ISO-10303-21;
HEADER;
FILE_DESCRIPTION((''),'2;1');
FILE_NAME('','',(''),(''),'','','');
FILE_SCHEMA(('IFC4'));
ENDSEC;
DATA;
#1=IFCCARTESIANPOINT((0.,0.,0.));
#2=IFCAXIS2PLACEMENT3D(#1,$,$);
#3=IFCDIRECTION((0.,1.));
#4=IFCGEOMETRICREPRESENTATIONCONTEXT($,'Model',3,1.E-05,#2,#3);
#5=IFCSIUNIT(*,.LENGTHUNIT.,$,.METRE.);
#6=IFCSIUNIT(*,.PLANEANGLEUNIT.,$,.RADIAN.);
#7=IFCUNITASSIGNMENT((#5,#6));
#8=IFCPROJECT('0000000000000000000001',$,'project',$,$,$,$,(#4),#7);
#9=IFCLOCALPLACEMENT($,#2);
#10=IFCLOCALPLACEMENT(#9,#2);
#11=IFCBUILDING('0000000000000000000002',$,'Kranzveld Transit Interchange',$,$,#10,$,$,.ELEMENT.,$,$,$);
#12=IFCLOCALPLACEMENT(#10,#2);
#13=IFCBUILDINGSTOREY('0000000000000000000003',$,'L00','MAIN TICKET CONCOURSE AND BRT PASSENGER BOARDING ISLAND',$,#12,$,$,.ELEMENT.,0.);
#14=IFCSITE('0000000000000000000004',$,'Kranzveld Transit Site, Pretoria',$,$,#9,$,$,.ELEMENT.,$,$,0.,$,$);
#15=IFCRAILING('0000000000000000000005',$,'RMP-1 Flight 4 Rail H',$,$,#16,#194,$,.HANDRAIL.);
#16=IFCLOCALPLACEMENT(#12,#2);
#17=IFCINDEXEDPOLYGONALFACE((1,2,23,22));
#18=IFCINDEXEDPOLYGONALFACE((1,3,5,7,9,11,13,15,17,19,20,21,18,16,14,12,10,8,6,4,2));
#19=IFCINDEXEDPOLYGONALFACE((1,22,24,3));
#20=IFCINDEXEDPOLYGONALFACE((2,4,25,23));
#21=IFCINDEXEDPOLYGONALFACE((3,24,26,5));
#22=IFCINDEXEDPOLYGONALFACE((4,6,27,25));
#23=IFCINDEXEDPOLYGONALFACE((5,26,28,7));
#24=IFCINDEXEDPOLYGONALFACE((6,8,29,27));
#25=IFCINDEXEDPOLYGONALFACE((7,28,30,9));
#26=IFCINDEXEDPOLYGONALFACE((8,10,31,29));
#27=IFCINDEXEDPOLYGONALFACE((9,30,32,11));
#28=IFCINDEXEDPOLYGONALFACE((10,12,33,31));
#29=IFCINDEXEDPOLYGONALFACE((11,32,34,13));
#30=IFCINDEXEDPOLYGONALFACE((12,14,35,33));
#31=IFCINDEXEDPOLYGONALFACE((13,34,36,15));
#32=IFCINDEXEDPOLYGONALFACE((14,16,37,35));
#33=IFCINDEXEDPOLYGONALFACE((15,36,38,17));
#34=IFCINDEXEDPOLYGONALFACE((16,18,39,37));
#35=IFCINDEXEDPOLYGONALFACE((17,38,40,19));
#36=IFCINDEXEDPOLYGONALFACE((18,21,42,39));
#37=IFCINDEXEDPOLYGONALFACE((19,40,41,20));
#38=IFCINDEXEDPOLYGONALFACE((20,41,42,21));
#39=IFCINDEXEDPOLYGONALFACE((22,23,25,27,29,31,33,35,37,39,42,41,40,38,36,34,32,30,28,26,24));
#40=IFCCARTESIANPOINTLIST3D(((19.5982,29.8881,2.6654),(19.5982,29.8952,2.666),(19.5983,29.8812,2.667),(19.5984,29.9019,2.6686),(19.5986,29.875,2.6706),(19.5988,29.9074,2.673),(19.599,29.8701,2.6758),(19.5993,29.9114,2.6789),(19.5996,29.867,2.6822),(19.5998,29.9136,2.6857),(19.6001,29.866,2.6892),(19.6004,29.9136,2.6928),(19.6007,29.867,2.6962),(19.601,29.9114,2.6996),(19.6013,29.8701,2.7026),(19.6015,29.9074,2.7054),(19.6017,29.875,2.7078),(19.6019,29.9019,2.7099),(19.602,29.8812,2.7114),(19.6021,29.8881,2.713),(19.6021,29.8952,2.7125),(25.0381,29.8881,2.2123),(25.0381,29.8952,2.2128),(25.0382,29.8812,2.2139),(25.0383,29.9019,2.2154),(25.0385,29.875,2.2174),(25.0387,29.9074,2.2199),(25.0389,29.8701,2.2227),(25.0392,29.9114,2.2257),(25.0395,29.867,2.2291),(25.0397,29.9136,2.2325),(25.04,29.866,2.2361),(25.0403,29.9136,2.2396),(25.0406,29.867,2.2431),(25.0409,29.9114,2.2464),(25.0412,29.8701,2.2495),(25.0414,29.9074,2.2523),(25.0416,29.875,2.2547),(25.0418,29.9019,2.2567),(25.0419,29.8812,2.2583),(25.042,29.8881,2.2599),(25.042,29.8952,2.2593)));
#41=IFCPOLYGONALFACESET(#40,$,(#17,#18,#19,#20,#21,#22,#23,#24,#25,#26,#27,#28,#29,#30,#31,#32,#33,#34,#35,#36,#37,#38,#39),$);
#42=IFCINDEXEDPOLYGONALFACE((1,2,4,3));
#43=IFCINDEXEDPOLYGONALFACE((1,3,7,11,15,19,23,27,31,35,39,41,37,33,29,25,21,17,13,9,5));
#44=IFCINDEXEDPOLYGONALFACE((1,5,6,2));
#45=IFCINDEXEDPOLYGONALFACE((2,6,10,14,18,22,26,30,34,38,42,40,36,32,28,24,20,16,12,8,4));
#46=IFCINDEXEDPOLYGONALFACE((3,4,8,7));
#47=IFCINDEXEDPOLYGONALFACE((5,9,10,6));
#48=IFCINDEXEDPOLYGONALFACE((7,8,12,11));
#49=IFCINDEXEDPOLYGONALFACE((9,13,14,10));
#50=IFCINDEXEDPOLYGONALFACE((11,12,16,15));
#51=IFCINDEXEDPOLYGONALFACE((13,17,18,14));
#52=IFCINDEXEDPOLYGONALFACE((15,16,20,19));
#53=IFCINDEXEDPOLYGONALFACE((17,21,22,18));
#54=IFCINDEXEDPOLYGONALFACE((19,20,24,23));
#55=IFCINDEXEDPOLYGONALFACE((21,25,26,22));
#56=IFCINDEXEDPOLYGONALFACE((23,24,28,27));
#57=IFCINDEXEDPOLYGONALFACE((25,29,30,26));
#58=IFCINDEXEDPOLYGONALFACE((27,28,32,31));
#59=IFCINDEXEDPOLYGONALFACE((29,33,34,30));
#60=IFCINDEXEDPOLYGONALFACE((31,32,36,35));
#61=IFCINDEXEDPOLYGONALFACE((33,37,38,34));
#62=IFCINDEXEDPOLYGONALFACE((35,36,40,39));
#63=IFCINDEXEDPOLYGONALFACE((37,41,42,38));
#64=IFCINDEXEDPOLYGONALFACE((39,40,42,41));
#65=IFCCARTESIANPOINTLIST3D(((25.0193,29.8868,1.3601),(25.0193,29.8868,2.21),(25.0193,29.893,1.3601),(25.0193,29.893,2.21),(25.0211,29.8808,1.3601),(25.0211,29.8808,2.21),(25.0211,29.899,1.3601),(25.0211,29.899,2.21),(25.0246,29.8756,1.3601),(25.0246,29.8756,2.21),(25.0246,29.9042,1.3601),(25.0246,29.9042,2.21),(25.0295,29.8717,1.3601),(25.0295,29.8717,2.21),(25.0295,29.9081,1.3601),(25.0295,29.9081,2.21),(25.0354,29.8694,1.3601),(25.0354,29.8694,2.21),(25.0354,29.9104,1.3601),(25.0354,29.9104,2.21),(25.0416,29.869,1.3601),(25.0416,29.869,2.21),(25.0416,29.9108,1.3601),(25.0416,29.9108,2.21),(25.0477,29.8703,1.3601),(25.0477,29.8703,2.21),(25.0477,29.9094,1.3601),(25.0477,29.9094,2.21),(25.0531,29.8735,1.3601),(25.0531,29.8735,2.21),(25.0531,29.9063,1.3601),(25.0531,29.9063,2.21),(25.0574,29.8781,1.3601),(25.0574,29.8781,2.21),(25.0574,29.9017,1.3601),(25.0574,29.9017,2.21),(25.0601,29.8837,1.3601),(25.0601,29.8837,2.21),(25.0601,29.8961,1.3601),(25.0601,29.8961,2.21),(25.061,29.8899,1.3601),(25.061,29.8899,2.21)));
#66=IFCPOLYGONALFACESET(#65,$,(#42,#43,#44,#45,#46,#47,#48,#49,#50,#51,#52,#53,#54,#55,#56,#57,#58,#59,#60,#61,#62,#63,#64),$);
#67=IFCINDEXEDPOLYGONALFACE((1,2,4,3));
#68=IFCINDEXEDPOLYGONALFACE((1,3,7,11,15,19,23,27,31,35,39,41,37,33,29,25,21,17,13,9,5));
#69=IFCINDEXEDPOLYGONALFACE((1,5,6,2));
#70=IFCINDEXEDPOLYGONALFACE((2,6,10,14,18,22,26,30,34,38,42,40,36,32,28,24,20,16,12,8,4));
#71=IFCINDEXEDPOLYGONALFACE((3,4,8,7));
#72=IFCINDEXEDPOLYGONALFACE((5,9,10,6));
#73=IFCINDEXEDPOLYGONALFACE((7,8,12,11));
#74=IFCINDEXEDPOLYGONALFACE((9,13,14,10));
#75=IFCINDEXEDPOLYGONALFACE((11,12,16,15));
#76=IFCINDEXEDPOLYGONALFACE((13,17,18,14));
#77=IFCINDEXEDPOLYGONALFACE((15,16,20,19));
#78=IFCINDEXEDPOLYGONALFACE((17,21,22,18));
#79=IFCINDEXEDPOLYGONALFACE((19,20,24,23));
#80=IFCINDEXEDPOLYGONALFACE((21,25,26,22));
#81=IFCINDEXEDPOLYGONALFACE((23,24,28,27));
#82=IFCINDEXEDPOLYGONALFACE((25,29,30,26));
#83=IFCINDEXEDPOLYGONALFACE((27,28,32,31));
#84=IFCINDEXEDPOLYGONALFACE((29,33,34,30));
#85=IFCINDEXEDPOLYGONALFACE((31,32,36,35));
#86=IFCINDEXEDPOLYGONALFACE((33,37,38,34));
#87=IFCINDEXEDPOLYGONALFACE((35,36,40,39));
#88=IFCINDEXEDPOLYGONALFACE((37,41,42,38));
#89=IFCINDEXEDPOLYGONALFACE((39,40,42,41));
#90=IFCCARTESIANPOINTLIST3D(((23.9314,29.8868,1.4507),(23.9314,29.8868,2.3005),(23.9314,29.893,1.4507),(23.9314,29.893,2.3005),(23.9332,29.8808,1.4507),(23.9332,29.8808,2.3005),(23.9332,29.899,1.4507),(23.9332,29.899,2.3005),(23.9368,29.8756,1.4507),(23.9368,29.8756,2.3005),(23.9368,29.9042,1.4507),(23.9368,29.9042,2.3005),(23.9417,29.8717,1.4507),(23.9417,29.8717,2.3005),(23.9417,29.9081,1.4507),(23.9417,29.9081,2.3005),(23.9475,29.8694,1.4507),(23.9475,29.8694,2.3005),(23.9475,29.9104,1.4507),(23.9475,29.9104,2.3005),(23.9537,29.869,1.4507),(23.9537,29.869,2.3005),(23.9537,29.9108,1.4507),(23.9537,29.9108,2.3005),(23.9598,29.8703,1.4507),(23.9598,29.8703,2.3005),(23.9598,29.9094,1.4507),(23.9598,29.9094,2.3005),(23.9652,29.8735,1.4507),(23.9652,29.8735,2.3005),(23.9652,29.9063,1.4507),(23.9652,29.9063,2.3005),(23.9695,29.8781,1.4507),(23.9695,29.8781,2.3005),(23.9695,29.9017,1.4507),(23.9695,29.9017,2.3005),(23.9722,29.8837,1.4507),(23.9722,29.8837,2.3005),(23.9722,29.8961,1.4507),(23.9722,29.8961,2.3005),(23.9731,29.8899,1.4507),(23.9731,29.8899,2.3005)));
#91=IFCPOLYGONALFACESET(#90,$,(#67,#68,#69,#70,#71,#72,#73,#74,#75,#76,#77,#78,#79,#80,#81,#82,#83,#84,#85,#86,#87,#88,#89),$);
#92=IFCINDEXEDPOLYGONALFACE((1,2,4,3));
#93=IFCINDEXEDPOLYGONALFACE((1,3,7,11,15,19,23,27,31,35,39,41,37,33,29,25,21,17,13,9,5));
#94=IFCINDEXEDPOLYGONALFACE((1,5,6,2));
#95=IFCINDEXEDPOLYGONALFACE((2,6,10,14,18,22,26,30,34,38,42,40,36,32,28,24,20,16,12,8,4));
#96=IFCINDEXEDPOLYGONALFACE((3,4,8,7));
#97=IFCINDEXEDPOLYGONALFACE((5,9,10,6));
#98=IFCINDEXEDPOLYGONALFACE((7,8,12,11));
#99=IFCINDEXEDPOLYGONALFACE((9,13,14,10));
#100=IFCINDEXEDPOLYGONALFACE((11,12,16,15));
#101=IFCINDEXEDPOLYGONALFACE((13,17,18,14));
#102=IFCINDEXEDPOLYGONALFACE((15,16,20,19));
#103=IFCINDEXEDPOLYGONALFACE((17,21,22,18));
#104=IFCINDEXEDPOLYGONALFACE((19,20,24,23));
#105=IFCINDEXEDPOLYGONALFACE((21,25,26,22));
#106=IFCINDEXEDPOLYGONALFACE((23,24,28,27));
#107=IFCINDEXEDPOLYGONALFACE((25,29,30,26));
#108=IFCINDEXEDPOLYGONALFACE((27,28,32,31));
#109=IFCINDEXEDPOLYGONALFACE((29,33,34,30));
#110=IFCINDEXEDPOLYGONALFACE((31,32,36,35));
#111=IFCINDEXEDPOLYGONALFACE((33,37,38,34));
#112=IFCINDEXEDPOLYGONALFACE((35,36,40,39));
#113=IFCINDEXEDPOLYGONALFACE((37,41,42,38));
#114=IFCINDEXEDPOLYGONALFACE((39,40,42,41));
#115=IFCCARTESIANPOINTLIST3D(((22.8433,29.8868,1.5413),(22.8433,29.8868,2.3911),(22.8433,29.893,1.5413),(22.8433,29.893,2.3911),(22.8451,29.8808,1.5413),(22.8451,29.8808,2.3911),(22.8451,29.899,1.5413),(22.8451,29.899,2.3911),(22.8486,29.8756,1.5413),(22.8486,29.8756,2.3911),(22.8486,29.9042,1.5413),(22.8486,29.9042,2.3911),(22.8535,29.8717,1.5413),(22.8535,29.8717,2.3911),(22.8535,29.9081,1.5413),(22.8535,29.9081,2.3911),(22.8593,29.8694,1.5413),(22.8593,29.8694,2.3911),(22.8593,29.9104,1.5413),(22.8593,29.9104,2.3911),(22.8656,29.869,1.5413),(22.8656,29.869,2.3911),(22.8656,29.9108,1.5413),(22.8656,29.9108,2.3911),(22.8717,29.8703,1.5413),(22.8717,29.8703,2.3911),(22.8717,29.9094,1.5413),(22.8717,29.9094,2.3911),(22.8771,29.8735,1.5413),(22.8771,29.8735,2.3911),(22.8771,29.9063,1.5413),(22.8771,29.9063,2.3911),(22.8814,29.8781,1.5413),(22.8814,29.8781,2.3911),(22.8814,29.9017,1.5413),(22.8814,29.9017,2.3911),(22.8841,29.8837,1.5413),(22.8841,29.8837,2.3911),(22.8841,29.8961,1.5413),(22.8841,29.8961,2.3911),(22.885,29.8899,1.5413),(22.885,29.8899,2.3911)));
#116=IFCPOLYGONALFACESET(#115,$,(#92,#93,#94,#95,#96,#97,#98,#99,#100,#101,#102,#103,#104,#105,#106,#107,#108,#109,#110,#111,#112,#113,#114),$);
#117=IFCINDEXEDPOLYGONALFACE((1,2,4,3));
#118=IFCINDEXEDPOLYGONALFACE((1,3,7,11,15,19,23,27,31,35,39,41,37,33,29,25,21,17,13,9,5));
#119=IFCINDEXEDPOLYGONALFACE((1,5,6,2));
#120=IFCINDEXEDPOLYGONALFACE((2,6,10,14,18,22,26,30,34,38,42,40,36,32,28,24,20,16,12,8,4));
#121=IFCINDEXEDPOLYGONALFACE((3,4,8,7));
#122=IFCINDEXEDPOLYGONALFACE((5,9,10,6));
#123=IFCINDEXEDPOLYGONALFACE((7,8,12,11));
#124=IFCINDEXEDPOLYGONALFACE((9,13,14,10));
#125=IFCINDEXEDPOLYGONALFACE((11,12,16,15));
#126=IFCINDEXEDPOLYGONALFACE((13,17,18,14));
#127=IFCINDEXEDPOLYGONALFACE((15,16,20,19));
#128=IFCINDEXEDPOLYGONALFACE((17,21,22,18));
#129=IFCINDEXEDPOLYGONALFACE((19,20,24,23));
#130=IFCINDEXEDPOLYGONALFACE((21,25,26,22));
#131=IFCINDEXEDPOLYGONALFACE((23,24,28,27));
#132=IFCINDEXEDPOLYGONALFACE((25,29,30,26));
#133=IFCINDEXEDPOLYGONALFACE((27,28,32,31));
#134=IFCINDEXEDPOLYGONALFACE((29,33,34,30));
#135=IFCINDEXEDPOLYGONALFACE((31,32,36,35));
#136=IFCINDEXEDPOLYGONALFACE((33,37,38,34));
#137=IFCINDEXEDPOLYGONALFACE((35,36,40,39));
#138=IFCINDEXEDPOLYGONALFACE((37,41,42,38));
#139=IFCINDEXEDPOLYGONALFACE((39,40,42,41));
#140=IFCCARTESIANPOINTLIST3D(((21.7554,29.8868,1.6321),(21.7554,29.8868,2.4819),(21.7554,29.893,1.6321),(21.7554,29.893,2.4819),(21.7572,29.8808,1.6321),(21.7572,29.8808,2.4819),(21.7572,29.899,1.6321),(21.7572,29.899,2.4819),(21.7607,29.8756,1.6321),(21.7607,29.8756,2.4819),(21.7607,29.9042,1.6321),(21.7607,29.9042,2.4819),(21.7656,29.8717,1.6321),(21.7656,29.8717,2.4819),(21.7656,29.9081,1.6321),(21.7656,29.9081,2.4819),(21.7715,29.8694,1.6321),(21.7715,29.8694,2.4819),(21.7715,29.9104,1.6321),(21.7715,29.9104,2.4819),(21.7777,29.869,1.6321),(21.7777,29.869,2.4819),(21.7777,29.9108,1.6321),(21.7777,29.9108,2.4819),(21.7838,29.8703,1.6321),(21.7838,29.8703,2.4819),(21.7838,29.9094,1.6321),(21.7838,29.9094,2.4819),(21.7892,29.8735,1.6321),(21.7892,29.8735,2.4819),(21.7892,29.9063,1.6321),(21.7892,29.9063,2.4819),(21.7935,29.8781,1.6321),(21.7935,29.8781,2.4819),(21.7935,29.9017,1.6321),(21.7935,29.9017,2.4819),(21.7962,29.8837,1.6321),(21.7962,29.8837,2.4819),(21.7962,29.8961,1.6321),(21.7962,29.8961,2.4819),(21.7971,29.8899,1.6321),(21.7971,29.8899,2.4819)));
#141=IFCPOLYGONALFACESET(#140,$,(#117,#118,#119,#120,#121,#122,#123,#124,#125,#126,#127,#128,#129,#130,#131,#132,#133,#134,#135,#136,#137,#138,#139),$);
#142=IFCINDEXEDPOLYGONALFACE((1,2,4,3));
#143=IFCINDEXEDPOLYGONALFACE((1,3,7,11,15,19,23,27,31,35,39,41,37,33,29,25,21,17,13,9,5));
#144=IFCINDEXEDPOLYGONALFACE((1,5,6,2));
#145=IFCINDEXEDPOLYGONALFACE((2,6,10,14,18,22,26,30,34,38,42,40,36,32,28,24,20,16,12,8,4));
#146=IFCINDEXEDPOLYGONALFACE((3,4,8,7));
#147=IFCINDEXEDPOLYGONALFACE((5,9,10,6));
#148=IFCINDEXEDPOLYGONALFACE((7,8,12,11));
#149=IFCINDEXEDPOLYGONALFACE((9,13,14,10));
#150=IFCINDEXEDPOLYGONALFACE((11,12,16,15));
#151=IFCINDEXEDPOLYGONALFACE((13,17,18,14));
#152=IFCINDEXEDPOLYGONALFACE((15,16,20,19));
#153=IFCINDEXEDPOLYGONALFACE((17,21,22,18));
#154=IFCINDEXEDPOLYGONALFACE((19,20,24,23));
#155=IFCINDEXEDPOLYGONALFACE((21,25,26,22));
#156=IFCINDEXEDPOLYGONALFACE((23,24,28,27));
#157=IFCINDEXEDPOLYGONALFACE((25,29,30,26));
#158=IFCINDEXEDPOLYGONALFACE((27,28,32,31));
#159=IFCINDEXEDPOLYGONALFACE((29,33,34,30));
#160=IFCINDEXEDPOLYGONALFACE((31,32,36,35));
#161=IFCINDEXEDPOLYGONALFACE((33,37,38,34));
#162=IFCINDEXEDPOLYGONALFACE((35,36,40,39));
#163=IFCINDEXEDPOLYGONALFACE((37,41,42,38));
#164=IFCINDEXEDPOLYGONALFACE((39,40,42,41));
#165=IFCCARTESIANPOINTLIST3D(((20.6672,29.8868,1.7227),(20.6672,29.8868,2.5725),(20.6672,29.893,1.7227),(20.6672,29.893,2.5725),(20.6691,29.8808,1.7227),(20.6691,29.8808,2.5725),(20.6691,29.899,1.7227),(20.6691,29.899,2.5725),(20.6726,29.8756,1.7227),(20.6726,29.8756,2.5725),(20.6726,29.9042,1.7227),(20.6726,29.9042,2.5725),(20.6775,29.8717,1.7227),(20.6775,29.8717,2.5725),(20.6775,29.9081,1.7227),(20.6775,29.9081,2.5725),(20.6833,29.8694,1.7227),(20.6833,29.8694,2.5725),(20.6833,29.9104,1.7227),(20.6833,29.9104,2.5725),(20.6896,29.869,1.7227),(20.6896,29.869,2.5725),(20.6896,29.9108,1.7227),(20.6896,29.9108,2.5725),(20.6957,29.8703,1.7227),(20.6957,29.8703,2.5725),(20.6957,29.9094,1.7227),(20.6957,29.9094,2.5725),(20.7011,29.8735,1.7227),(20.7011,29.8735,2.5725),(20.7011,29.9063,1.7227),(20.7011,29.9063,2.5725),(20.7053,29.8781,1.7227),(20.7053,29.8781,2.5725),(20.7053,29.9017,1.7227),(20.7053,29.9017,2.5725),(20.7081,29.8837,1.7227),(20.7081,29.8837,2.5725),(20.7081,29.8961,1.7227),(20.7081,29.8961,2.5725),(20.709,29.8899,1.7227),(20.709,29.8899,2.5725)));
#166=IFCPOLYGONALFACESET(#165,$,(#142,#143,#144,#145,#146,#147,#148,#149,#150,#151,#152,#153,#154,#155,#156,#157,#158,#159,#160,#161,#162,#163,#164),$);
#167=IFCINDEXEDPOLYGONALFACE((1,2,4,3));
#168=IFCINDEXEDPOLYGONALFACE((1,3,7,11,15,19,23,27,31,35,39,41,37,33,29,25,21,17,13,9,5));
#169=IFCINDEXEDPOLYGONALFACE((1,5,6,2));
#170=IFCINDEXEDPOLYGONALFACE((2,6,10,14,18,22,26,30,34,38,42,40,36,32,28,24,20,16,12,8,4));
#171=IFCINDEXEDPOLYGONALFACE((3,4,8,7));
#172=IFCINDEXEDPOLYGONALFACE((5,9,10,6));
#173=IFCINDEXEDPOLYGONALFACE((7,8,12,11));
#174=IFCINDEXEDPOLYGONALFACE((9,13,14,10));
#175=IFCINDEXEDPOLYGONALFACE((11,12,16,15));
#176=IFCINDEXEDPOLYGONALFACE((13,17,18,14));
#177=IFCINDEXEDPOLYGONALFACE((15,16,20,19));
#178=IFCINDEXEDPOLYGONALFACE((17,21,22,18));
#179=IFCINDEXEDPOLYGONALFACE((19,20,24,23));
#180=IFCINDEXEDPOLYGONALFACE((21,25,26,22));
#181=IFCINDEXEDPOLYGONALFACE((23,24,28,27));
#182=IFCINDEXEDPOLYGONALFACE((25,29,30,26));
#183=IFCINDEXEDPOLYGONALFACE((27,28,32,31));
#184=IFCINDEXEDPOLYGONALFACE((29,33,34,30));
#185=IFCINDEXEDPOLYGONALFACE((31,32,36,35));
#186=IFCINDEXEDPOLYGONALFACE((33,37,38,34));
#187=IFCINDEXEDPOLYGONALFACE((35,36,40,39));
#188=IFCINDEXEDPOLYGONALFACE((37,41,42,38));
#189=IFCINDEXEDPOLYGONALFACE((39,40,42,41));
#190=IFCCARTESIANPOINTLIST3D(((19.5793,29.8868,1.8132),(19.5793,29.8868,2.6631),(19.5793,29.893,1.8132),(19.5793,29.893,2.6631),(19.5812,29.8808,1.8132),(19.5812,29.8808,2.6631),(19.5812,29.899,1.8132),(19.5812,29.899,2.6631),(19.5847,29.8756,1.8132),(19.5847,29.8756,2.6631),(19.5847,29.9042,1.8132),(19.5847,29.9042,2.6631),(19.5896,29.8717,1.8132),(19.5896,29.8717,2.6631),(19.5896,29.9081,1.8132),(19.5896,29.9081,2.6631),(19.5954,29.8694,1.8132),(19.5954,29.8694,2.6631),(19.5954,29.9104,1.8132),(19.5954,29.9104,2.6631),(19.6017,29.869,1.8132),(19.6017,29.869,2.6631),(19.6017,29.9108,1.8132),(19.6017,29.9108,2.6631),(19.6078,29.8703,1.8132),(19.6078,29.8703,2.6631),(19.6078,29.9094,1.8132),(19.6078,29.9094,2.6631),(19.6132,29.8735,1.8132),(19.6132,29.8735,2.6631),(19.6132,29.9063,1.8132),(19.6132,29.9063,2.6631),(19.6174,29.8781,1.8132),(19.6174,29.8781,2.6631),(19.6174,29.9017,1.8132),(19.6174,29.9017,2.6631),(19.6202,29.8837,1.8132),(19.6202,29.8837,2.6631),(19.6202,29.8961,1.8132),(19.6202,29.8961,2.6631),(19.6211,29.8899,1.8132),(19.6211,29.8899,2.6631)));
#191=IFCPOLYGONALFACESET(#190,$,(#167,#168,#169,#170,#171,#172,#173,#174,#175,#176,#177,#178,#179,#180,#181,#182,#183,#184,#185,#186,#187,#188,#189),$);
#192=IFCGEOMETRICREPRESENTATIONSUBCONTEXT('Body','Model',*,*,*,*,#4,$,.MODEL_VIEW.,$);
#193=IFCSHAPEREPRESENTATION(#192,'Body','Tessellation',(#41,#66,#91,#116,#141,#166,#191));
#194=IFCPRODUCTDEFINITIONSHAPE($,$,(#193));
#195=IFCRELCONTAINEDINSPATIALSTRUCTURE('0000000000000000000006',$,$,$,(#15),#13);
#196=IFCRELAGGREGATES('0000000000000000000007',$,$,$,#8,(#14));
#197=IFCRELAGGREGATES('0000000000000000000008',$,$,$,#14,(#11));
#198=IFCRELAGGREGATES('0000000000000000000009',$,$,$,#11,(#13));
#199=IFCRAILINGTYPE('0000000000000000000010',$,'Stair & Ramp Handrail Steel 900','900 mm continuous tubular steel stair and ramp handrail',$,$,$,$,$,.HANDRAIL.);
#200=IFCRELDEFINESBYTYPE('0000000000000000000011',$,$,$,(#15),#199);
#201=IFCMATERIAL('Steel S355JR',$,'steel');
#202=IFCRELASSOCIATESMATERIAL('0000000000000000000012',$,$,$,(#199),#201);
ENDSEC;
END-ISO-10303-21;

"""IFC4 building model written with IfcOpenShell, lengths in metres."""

from ifc_helpers import new_model, si_unit, direction, frame, origin, origin_2d, place, context, subcontext, project, spatial, circle, extrude, material, type_object, element, save


model = new_model("IFC4")

# Units and contexts
model_context = context("Model", 3, precision=1e-05, world=origin(), true_north=direction((0.0, 1.0)))
body_context = subcontext(model_context, "Body", "Model", "MODEL_VIEW")
ifc_project = project(units=[si_unit("LENGTHUNIT", "METRE"), si_unit("PLANEANGLEUNIT", "RADIAN")], contexts=[model_context])

# Site, building, storey
site_placement = place(None, origin())
site = spatial("IfcSite", under=ifc_project, at=site_placement, Name="Kranzveld Transit Site, Pretoria", CompositionType="ELEMENT", RefElevation=0.0)
building_placement = place(site_placement, origin())
building = spatial("IfcBuilding", under=site, at=building_placement, Name="Kranzveld Transit Interchange", CompositionType="ELEMENT")
storey_placement = place(building_placement, origin())
storey = spatial("IfcBuildingStorey", under=building, at=storey_placement, Name="L00", Description="MAIN TICKET CONCOURSE AND BRT PASSENGER BOARDING ISLAND", CompositionType="ELEMENT", Elevation=0.0)

# Railing
ifc_material_1 = material(Name="Steel S355JR", Category="steel")
railing_type_1 = type_object("IfcRailingType", Name="Stair & Ramp Handrail Steel 900", Description="900 mm continuous tubular steel stair and ramp handrail", PredefinedType="HANDRAIL", material=ifc_material_1)
railing_1_placement = place(storey_placement, frame((25.04, 29.8899, 1.3601)))
element("IfcRailing", 1, at=railing_1_placement, inside=storey, type_object=railing_type_1, Name="RMP-1 Flight 4 Rail H", PredefinedType="HANDRAIL", context=body_context, shape_type="SweptSolid", body=[
    extrude(circle(Radius=0.0239, at=origin_2d()), frame((0.0, 0.0, 0.876), z_axis=(-0.996549, 0.0, 0.083008), x_axis=(0.0, -1.0, 0.0)), (0.0, 0.0, 1.0), 5.4587),
    extrude(circle(Radius=0.021, at=origin_2d()), origin(), (0.0, 0.0, 1.0), 0.8499),
    extrude(circle(Radius=0.021, at=origin_2d()), frame((-1.0879, 0.0, 0.0906)), (0.0, 0.0, 1.0), 0.8499),
    extrude(circle(Radius=0.021, at=origin_2d()), frame((-2.176, 0.0, 0.1812)), (0.0, 0.0, 1.0), 0.8499),
    extrude(circle(Radius=0.021, at=origin_2d()), frame((-3.2639, 0.0, 0.272)), (0.0, 0.0, 1.0), 0.8499),
    extrude(circle(Radius=0.021, at=origin_2d()), frame((-4.3521, 0.0, 0.3625)), (0.0, 0.0, 1.0), 0.8499),
    extrude(circle(Radius=0.021, at=origin_2d()), frame((-5.4399, 0.0, 0.4531)), (0.0, 0.0, 1.0), 0.8499),
])

save(model, "model.ifc")
